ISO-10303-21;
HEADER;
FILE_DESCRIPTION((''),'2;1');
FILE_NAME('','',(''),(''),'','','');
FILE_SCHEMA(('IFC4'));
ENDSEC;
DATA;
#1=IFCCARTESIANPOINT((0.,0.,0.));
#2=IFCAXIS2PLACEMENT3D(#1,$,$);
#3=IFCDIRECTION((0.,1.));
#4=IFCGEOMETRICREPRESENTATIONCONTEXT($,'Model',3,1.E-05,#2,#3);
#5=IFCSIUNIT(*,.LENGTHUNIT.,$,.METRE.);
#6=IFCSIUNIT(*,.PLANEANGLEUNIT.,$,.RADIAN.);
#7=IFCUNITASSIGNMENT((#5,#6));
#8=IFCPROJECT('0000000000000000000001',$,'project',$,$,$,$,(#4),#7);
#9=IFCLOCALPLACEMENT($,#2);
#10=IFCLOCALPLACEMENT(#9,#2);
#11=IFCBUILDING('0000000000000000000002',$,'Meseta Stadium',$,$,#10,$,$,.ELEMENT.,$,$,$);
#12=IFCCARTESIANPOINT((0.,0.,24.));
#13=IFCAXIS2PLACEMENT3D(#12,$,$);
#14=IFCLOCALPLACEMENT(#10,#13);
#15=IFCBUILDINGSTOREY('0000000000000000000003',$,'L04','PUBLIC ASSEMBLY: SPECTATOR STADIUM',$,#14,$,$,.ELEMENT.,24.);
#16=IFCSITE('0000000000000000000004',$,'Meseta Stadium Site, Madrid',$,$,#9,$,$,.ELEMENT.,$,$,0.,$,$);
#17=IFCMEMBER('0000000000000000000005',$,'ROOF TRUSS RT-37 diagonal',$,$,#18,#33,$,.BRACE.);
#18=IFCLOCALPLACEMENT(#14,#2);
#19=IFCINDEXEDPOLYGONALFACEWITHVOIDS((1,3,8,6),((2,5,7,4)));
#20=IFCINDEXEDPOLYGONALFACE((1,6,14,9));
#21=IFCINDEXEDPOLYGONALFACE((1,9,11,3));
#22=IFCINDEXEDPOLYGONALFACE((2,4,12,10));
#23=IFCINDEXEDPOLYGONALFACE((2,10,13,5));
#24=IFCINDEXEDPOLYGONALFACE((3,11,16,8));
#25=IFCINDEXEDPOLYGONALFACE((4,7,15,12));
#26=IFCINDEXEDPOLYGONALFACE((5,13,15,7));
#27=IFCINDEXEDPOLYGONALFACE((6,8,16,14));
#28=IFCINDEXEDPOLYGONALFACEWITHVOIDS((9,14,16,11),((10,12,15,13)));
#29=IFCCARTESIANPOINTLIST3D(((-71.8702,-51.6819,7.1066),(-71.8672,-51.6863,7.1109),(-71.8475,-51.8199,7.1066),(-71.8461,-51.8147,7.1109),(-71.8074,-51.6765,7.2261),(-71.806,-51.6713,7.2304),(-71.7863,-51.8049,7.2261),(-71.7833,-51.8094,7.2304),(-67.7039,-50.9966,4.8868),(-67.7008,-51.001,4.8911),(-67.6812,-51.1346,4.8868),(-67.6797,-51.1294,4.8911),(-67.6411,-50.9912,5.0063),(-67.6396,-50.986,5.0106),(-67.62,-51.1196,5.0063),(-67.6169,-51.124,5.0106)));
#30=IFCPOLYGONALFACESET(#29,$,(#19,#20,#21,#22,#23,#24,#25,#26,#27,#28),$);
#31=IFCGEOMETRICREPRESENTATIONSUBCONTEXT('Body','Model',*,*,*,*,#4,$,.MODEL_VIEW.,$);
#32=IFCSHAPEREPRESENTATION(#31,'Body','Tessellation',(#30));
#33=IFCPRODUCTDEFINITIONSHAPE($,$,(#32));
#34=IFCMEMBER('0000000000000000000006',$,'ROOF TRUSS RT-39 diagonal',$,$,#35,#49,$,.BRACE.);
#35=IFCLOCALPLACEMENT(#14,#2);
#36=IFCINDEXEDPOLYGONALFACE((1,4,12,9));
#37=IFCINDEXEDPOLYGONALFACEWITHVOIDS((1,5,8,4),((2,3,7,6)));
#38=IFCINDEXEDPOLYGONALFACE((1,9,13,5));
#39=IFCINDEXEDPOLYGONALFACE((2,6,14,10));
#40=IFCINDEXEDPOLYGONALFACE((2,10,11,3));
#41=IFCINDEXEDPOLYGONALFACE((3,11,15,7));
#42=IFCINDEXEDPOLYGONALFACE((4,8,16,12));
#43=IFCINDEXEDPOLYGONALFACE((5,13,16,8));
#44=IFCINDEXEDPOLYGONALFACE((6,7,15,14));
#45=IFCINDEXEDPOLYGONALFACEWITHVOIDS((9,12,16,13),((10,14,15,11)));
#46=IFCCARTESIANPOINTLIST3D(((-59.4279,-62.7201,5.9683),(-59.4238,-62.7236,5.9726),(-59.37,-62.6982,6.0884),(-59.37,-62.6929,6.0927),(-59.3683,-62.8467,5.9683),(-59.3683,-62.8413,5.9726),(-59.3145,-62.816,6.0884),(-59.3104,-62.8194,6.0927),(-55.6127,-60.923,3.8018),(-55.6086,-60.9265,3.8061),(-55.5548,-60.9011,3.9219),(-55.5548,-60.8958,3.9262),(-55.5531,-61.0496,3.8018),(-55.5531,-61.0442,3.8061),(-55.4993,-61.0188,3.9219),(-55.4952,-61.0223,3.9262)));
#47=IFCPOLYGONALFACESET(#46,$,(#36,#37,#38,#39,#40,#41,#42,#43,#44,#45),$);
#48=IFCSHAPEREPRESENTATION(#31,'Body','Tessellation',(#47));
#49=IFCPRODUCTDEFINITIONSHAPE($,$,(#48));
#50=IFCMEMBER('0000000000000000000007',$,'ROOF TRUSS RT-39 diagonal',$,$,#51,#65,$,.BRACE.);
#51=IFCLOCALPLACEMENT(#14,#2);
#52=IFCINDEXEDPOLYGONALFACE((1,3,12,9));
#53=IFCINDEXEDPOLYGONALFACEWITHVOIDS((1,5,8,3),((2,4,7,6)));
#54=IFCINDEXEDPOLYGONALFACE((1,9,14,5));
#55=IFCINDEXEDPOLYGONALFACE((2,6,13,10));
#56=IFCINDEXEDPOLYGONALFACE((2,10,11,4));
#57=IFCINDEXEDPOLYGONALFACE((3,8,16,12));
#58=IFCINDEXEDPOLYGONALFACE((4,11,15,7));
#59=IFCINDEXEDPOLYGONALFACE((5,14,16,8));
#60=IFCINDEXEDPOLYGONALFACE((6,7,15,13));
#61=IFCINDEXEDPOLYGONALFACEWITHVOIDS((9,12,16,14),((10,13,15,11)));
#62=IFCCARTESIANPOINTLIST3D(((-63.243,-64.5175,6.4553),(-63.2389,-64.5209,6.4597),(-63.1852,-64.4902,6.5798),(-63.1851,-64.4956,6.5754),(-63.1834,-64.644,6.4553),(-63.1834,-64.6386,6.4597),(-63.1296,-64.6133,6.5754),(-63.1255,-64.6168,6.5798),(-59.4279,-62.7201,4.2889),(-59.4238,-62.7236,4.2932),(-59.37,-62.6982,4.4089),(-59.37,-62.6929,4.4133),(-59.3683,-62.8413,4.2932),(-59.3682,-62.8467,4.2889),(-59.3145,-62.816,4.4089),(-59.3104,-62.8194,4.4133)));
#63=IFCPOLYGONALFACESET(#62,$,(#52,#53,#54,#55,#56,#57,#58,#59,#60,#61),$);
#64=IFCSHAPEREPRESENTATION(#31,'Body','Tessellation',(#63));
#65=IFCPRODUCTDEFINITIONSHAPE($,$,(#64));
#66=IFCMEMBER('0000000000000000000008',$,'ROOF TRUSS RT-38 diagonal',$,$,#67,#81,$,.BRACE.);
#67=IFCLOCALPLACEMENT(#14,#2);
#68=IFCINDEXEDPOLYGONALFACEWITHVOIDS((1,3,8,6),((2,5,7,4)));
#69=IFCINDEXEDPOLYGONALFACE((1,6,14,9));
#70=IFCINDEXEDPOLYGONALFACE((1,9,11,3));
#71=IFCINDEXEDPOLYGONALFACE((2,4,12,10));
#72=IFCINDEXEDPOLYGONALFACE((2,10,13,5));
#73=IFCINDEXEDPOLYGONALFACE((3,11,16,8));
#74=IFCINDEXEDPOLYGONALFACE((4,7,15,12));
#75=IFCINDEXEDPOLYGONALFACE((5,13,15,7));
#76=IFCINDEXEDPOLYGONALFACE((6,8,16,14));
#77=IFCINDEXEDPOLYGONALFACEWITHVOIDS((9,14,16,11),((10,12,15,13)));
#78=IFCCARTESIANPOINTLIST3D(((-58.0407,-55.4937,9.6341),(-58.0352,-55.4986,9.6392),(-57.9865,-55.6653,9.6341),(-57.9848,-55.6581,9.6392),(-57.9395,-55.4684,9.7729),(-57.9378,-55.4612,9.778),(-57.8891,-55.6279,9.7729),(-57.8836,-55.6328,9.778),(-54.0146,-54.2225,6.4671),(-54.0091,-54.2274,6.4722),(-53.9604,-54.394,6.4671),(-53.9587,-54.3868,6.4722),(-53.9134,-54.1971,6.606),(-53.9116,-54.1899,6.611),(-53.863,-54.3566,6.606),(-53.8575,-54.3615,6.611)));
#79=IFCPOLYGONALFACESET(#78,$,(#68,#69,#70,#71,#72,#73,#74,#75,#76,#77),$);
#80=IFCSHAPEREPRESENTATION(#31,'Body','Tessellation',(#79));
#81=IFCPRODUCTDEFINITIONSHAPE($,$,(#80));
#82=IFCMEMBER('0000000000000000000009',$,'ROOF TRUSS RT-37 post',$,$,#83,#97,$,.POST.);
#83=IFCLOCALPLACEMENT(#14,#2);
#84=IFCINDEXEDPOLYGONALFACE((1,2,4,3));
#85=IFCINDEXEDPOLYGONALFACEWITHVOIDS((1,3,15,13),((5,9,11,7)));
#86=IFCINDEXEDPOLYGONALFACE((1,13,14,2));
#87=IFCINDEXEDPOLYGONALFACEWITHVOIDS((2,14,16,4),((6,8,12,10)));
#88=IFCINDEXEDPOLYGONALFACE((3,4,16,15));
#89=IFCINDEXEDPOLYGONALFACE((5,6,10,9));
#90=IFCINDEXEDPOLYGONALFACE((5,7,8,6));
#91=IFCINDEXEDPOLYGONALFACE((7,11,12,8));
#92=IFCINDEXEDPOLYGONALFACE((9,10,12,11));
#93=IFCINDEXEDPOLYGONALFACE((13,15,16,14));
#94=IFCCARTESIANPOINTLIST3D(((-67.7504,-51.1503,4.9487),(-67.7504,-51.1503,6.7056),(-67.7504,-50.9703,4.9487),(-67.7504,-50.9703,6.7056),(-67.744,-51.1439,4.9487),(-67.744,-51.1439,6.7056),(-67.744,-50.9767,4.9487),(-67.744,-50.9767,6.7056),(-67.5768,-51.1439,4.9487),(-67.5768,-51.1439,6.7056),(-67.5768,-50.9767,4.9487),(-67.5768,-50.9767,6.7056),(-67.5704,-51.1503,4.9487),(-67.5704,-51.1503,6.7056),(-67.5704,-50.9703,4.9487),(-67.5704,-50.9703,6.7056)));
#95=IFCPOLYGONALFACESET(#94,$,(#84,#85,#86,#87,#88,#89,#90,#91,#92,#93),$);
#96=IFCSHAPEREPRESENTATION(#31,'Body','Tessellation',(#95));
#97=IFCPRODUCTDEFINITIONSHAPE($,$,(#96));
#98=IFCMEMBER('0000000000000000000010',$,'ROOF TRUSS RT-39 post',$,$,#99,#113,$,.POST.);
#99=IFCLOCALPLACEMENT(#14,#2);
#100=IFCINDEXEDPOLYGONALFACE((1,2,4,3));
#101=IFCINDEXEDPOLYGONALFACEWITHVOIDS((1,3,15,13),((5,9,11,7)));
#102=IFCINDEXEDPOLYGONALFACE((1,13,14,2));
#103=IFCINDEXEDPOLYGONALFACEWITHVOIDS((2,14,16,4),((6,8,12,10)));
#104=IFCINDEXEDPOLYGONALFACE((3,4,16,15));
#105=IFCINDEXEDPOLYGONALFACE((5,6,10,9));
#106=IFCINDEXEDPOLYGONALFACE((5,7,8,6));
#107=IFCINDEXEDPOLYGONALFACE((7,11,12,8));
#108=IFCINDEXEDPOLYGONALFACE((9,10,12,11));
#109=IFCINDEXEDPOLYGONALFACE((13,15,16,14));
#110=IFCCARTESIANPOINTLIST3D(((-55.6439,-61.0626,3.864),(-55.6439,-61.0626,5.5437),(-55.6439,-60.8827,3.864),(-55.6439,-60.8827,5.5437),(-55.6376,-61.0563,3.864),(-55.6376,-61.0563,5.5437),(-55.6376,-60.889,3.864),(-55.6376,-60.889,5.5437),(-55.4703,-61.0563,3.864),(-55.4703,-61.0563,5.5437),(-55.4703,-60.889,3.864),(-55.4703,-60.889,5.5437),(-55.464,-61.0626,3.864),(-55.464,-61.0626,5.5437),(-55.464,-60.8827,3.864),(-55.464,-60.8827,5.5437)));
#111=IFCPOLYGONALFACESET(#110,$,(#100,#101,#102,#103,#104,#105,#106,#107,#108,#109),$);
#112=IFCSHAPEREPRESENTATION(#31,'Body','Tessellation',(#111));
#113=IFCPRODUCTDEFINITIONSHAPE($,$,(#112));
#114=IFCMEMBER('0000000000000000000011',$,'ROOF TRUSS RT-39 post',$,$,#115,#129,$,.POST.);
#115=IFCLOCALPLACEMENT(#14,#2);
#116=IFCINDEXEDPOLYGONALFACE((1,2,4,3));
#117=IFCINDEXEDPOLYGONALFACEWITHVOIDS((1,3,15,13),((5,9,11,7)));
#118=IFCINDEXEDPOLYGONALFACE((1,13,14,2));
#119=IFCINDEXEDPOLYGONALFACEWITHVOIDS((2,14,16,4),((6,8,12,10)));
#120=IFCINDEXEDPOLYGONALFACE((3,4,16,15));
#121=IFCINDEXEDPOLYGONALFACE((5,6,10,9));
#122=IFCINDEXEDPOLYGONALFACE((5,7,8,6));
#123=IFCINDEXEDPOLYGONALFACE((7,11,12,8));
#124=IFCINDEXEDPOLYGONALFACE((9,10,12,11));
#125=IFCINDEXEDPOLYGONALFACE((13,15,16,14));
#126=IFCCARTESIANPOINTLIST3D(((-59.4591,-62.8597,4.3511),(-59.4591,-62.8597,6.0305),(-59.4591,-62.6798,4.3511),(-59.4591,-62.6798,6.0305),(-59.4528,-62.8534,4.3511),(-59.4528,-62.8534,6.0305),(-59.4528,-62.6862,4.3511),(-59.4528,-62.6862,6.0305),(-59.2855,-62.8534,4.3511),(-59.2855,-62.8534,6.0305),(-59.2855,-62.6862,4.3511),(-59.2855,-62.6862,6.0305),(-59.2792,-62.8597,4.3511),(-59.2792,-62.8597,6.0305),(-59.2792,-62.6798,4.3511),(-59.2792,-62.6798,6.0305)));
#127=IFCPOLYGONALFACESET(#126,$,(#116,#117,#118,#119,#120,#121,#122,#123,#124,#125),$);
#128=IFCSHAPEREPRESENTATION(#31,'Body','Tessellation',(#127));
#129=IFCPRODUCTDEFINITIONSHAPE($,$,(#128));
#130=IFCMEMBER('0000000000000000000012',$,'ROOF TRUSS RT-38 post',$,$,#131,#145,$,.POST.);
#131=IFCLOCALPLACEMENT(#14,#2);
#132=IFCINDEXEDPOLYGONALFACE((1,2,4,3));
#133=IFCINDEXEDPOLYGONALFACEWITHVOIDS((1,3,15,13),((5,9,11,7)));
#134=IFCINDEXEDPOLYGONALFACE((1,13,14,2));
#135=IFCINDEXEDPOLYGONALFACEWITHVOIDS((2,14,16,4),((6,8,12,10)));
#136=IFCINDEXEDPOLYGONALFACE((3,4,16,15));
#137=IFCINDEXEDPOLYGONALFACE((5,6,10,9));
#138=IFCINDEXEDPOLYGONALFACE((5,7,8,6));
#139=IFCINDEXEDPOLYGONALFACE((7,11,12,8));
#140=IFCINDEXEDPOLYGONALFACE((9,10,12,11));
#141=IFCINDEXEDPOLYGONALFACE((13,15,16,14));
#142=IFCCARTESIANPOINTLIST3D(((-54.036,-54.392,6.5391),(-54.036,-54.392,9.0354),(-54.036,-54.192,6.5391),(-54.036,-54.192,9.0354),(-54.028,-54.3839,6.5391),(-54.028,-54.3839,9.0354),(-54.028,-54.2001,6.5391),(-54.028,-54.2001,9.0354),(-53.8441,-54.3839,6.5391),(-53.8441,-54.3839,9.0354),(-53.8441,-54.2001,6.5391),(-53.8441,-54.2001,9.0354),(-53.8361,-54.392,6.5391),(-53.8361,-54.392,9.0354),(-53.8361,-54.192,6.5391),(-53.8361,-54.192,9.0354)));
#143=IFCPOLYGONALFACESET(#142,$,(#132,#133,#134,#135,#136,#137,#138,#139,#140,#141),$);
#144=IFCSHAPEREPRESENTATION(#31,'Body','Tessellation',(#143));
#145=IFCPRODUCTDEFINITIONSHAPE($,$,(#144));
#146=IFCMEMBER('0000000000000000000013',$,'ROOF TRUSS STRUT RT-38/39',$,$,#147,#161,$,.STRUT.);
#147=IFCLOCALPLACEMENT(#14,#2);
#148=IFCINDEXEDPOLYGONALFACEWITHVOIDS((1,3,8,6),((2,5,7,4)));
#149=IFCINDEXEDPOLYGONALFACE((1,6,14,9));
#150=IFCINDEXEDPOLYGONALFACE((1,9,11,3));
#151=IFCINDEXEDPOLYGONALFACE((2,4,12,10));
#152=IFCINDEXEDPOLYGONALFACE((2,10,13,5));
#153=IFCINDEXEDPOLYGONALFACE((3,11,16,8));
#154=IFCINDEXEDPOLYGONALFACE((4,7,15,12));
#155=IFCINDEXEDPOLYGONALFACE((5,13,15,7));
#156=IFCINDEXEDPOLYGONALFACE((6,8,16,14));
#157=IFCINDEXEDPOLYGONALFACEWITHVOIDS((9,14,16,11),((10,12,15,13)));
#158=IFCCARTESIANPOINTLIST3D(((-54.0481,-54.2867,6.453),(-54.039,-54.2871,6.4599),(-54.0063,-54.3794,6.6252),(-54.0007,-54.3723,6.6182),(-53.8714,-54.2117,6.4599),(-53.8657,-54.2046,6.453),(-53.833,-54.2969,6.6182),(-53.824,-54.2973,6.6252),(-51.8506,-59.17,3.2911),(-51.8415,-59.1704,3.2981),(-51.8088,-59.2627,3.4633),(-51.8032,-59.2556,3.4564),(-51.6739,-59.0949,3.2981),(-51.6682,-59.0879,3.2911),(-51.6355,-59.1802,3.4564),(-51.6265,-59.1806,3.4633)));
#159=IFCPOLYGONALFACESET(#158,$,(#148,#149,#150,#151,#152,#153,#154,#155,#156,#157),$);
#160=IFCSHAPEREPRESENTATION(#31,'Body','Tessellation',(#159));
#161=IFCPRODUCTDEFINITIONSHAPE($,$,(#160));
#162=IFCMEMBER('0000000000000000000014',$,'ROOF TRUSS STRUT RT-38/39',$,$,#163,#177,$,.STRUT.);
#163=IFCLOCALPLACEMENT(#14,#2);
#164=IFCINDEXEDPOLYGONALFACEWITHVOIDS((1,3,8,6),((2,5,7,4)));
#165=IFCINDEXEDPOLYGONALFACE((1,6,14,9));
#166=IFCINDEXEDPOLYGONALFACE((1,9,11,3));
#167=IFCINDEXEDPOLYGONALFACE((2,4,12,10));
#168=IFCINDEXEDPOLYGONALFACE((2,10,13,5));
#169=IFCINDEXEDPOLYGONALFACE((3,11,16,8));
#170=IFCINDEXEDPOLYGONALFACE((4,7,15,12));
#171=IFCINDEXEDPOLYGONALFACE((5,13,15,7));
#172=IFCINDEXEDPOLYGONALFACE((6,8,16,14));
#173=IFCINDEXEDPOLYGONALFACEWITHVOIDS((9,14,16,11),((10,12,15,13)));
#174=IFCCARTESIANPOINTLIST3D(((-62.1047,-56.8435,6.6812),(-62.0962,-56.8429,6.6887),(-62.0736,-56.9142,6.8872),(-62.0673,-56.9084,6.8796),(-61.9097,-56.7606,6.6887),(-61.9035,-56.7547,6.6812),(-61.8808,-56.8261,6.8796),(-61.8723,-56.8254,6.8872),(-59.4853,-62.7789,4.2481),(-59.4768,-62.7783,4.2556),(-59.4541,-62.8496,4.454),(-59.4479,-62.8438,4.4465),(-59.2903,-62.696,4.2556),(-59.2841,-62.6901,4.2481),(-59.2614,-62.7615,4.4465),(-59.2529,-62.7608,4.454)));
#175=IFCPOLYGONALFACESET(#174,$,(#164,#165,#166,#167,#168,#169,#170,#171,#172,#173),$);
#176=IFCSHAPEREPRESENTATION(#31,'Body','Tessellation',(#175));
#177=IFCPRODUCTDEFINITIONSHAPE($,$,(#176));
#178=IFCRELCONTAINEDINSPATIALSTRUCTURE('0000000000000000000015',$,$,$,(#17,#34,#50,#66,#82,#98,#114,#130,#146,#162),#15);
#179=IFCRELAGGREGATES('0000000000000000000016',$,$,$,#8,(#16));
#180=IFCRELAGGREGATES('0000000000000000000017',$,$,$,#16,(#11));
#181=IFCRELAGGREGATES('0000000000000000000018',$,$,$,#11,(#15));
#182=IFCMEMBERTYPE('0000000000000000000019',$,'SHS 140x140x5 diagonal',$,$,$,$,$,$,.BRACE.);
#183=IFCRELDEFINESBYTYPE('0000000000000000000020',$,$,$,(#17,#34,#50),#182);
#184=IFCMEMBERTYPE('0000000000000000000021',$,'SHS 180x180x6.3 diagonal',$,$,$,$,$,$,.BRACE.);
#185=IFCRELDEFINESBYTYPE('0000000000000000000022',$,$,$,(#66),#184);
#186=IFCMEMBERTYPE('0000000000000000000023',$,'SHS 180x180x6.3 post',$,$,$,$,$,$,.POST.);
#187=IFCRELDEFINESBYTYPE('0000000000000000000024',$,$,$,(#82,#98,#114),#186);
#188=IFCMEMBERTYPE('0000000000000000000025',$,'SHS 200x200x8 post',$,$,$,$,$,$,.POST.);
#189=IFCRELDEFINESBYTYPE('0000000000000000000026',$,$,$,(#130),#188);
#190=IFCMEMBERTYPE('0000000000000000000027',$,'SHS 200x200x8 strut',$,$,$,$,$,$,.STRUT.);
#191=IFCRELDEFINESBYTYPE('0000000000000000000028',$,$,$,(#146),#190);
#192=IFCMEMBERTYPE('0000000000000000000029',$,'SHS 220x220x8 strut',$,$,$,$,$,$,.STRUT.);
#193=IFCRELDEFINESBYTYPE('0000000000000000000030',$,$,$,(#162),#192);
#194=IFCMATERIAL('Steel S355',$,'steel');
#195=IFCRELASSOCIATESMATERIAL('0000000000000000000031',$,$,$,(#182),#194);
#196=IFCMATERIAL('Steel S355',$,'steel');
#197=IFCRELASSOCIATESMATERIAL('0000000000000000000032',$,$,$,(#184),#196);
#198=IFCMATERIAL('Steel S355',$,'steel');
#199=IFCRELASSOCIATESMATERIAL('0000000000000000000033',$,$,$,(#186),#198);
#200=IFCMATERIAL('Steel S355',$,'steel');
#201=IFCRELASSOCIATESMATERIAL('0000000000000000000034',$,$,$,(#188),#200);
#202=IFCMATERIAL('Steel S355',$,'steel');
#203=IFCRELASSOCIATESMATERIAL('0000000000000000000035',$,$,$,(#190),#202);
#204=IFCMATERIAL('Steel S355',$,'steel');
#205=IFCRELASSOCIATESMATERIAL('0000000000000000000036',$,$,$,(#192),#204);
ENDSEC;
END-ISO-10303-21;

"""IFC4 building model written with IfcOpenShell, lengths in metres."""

from ifc_helpers import new_model, si_unit, direction, frame, origin, origin_2d, place, context, subcontext, project, spatial, hollow_rectangle, extrude, material, material_profile, profile_set, type_object, element, save


model = new_model("IFC4")

# Units and contexts
model_context = context("Model", 3, precision=1e-05, world=origin(), true_north=direction((0.0, 1.0)))
body_context = subcontext(model_context, "Body", "Model", "MODEL_VIEW")
ifc_project = project(units=[si_unit("LENGTHUNIT", "METRE"), si_unit("PLANEANGLEUNIT", "RADIAN")], contexts=[model_context])

# Site, building, storey
site_placement = place(None, origin())
site = spatial("IfcSite", under=ifc_project, at=site_placement, Name="Meseta Stadium Site, Madrid", CompositionType="ELEMENT", RefElevation=0.0)
building_placement = place(site_placement, origin())
building = spatial("IfcBuilding", under=site, at=building_placement, Name="Meseta Stadium", CompositionType="ELEMENT")
storey_placement = place(building_placement, frame((0.0, 0.0, 24.0)))
storey = spatial("IfcBuildingStorey", under=building, at=storey_placement, Name="L04", Description="PUBLIC ASSEMBLY: SPECTATOR STADIUM", CompositionType="ELEMENT", Elevation=24.0)

# Members
ifc_material_1 = material(Name="Steel S355", Category="steel")
ifc_material_profile_1 = material_profile(ifc_material_1, hollow_rectangle(XDim=0.1399, YDim=0.1399, WallThickness=0.0049, at=origin_2d()), Name="SHS 140x140x5")
ifc_profile_set_1 = profile_set([ifc_material_profile_1], Name="Steel S355")
member_type_1 = type_object("IfcMemberType", Name="SHS 140x140x5 diagonal", PredefinedType="BRACE", material=ifc_profile_set_1)
member_1_placement = place(storey_placement, frame((-67.6604, -51.0603, 4.9487), z_axis=(-0.873398, -0.143664, 0.465335), x_axis=(0.162308, -0.98674, 0.0)))
element("IfcMember", 1, at=member_1_placement, inside=storey, type_object=member_type_1, Name="ROOF TRUSS RT-37 diagonal", PredefinedType="BRACE", context=body_context, shape_type="SweptSolid", body=[
    extrude(hollow_rectangle(XDim=0.1399, YDim=0.1399, WallThickness=0.0049, at=origin_2d()), origin(), (0.0, 0.0, 1.0), 4.7703),
])
for number, where, z_axis, x_axis, name in (
    (2, (-55.554, -60.9727, 3.864), (-0.804687, -0.379043, 0.456952), (0.426134, -0.90466, 0.0), "ROOF TRUSS RT-39 diagonal"),
    (3, (-59.3691, -62.7698, 4.3511), (-0.804671, -0.379087, 0.456943), (0.426182, -0.904638, 0.0), "ROOF TRUSS RT-39 diagonal"),
):
    element("IfcMember", number, at=place(storey_placement, frame(where, z_axis=z_axis, x_axis=x_axis)), inside=storey, type_object=member_type_1, Name=name, PredefinedType="BRACE", context=body_context, shape_type="SweptSolid", body=[
        extrude(hollow_rectangle(XDim=0.1399, YDim=0.1399, WallThickness=0.0049, at=origin_2d()), origin(), (0.0, 0.0, 1.0), 4.7412),
    ])
ifc_material_2 = material(Name="Steel S355", Category="steel")
ifc_material_profile_2 = material_profile(ifc_material_2, hollow_rectangle(XDim=0.1799, YDim=0.1799, WallThickness=0.0063, at=origin_2d()), Name="SHS 180x180x6.3")
ifc_profile_set_2 = profile_set([ifc_material_profile_2], Name="Steel S355")
member_type_2 = type_object("IfcMemberType", Name="SHS 180x180x6.3 diagonal", PredefinedType="BRACE", material=ifc_profile_set_2)
member_2_placement = place(storey_placement, frame((-53.936, -54.292, 6.5391), z_axis=(-0.762836, -0.240864, 0.600055), x_axis=(0.301095, -0.953594, 0.0)))
element("IfcMember", 4, at=member_2_placement, inside=storey, type_object=member_type_2, Name="ROOF TRUSS RT-38 diagonal", PredefinedType="BRACE", context=body_context, shape_type="SweptSolid", body=[
    extrude(hollow_rectangle(XDim=0.1799, YDim=0.1799, WallThickness=0.0063, at=origin_2d()), origin(), (0.0, 0.0, 1.0), 5.2778),
])
ifc_material_3 = material(Name="Steel S355", Category="steel")
ifc_material_profile_3 = material_profile(ifc_material_3, hollow_rectangle(XDim=0.1799, YDim=0.1799, WallThickness=0.0063, at=origin_2d()), Name="SHS 180x180x6.3")
ifc_profile_set_3 = profile_set([ifc_material_profile_3], Name="Steel S355")
member_type_3 = type_object("IfcMemberType", Name="SHS 180x180x6.3 post", PredefinedType="POST", material=ifc_profile_set_3)
member_3_placement = place(storey_placement, frame((-67.6604, -51.0603, 4.9487), z_axis=(0.0, 0.0, 1.0), x_axis=(1.0, 0.0, 0.0)))
element("IfcMember", 5, at=member_3_placement, inside=storey, type_object=member_type_3, Name="ROOF TRUSS RT-37 post", PredefinedType="POST", context=body_context, shape_type="SweptSolid", body=[
    extrude(hollow_rectangle(XDim=0.1799, YDim=0.1799, WallThickness=0.0063, at=origin_2d()), origin(), (0.0, 0.0, 1.0), 1.7568),
])
member_4_placement = place(storey_placement, frame((-55.554, -60.9727, 3.864), z_axis=(0.0, 0.0, 1.0), x_axis=(1.0, 0.0, 0.0)))
element("IfcMember", 6, at=member_4_placement, inside=storey, type_object=member_type_3, Name="ROOF TRUSS RT-39 post", PredefinedType="POST", context=body_context, shape_type="SweptSolid", body=[
    extrude(hollow_rectangle(XDim=0.1799, YDim=0.1799, WallThickness=0.0063, at=origin_2d()), origin(), (0.0, 0.0, 1.0), 1.6797),
])
member_5_placement = place(storey_placement, frame((-59.3691, -62.7698, 4.3511), z_axis=(0.0, 0.0, 1.0), x_axis=(1.0, 0.0, 0.0)))
element("IfcMember", 7, at=member_5_placement, inside=storey, type_object=member_type_3, Name="ROOF TRUSS RT-39 post", PredefinedType="POST", context=body_context, shape_type="SweptSolid", body=[
    extrude(hollow_rectangle(XDim=0.1799, YDim=0.1799, WallThickness=0.0063, at=origin_2d()), origin(), (0.0, 0.0, 1.0), 1.6794),
])
ifc_material_4 = material(Name="Steel S355", Category="steel")
ifc_material_profile_4 = material_profile(ifc_material_4, hollow_rectangle(XDim=0.2, YDim=0.2, WallThickness=0.0081, at=origin_2d()), Name="SHS 200x200x8")
ifc_profile_set_4 = profile_set([ifc_material_profile_4], Name="Steel S355")
member_type_4 = type_object("IfcMemberType", Name="SHS 200x200x8 post", PredefinedType="POST", material=ifc_profile_set_4)
member_6_placement = place(storey_placement, frame((-53.936, -54.292, 6.5391), z_axis=(0.0, 0.0, 1.0), x_axis=(1.0, 0.0, 0.0)))
element("IfcMember", 8, at=member_6_placement, inside=storey, type_object=member_type_4, Name="ROOF TRUSS RT-38 post", PredefinedType="POST", context=body_context, shape_type="SweptSolid", body=[
    extrude(hollow_rectangle(XDim=0.2, YDim=0.2, WallThickness=0.0081, at=origin_2d()), origin(), (0.0, 0.0, 1.0), 2.4963),
])
ifc_material_5 = material(Name="Steel S355", Category="steel")
ifc_material_profile_5 = material_profile(ifc_material_5, hollow_rectangle(XDim=0.2, YDim=0.2, WallThickness=0.0081, at=origin_2d()), Name="SHS 200x200x8")
ifc_profile_set_5 = profile_set([ifc_material_profile_5], Name="Steel S355")
member_type_5 = type_object("IfcMemberType", Name="SHS 200x200x8 strut", PredefinedType="STRUT", material=ifc_profile_set_5)
member_7_placement = place(storey_placement, frame((-53.936, -54.292, 6.5391), z_axis=(0.353367, -0.785252, -0.508439), x_axis=(0.91192, 0.410368, 0.0)))
element("IfcMember", 9, at=member_7_placement, inside=storey, type_object=member_type_5, Name="ROOF TRUSS STRUT RT-38/39", PredefinedType="STRUT", context=body_context, shape_type="SweptSolid", body=[
    extrude(hollow_rectangle(XDim=0.2, YDim=0.2, WallThickness=0.0081, at=origin_2d()), origin(), (0.0, 0.0, 1.0), 6.2188),
])
ifc_material_6 = material(Name="Steel S355", Category="steel")
ifc_material_profile_6 = material_profile(ifc_material_6, hollow_rectangle(XDim=0.22, YDim=0.22, WallThickness=0.0081, at=origin_2d()), Name="SHS 220x220x8")
ifc_profile_set_6 = profile_set([ifc_material_profile_6], Name="Steel S355")
member_type_6 = type_object("IfcMemberType", Name="SHS 220x220x8 strut", PredefinedType="STRUT", material=ifc_profile_set_6)
member_8_placement = place(storey_placement, frame((-61.9885, -56.8345, 6.7842), z_axis=(0.37804, -0.856607, -0.351156), x_axis=(0.914868, 0.403752, 0.0)))
element("IfcMember", 10, at=member_8_placement, inside=storey, type_object=member_type_6, Name="ROOF TRUSS STRUT RT-38/39", PredefinedType="STRUT", context=body_context, shape_type="SweptSolid", body=[
    extrude(hollow_rectangle(XDim=0.22, YDim=0.22, WallThickness=0.0081, at=origin_2d()), origin(), (0.0, 0.0, 1.0), 6.929),
])

save(model, "model.ifc")
